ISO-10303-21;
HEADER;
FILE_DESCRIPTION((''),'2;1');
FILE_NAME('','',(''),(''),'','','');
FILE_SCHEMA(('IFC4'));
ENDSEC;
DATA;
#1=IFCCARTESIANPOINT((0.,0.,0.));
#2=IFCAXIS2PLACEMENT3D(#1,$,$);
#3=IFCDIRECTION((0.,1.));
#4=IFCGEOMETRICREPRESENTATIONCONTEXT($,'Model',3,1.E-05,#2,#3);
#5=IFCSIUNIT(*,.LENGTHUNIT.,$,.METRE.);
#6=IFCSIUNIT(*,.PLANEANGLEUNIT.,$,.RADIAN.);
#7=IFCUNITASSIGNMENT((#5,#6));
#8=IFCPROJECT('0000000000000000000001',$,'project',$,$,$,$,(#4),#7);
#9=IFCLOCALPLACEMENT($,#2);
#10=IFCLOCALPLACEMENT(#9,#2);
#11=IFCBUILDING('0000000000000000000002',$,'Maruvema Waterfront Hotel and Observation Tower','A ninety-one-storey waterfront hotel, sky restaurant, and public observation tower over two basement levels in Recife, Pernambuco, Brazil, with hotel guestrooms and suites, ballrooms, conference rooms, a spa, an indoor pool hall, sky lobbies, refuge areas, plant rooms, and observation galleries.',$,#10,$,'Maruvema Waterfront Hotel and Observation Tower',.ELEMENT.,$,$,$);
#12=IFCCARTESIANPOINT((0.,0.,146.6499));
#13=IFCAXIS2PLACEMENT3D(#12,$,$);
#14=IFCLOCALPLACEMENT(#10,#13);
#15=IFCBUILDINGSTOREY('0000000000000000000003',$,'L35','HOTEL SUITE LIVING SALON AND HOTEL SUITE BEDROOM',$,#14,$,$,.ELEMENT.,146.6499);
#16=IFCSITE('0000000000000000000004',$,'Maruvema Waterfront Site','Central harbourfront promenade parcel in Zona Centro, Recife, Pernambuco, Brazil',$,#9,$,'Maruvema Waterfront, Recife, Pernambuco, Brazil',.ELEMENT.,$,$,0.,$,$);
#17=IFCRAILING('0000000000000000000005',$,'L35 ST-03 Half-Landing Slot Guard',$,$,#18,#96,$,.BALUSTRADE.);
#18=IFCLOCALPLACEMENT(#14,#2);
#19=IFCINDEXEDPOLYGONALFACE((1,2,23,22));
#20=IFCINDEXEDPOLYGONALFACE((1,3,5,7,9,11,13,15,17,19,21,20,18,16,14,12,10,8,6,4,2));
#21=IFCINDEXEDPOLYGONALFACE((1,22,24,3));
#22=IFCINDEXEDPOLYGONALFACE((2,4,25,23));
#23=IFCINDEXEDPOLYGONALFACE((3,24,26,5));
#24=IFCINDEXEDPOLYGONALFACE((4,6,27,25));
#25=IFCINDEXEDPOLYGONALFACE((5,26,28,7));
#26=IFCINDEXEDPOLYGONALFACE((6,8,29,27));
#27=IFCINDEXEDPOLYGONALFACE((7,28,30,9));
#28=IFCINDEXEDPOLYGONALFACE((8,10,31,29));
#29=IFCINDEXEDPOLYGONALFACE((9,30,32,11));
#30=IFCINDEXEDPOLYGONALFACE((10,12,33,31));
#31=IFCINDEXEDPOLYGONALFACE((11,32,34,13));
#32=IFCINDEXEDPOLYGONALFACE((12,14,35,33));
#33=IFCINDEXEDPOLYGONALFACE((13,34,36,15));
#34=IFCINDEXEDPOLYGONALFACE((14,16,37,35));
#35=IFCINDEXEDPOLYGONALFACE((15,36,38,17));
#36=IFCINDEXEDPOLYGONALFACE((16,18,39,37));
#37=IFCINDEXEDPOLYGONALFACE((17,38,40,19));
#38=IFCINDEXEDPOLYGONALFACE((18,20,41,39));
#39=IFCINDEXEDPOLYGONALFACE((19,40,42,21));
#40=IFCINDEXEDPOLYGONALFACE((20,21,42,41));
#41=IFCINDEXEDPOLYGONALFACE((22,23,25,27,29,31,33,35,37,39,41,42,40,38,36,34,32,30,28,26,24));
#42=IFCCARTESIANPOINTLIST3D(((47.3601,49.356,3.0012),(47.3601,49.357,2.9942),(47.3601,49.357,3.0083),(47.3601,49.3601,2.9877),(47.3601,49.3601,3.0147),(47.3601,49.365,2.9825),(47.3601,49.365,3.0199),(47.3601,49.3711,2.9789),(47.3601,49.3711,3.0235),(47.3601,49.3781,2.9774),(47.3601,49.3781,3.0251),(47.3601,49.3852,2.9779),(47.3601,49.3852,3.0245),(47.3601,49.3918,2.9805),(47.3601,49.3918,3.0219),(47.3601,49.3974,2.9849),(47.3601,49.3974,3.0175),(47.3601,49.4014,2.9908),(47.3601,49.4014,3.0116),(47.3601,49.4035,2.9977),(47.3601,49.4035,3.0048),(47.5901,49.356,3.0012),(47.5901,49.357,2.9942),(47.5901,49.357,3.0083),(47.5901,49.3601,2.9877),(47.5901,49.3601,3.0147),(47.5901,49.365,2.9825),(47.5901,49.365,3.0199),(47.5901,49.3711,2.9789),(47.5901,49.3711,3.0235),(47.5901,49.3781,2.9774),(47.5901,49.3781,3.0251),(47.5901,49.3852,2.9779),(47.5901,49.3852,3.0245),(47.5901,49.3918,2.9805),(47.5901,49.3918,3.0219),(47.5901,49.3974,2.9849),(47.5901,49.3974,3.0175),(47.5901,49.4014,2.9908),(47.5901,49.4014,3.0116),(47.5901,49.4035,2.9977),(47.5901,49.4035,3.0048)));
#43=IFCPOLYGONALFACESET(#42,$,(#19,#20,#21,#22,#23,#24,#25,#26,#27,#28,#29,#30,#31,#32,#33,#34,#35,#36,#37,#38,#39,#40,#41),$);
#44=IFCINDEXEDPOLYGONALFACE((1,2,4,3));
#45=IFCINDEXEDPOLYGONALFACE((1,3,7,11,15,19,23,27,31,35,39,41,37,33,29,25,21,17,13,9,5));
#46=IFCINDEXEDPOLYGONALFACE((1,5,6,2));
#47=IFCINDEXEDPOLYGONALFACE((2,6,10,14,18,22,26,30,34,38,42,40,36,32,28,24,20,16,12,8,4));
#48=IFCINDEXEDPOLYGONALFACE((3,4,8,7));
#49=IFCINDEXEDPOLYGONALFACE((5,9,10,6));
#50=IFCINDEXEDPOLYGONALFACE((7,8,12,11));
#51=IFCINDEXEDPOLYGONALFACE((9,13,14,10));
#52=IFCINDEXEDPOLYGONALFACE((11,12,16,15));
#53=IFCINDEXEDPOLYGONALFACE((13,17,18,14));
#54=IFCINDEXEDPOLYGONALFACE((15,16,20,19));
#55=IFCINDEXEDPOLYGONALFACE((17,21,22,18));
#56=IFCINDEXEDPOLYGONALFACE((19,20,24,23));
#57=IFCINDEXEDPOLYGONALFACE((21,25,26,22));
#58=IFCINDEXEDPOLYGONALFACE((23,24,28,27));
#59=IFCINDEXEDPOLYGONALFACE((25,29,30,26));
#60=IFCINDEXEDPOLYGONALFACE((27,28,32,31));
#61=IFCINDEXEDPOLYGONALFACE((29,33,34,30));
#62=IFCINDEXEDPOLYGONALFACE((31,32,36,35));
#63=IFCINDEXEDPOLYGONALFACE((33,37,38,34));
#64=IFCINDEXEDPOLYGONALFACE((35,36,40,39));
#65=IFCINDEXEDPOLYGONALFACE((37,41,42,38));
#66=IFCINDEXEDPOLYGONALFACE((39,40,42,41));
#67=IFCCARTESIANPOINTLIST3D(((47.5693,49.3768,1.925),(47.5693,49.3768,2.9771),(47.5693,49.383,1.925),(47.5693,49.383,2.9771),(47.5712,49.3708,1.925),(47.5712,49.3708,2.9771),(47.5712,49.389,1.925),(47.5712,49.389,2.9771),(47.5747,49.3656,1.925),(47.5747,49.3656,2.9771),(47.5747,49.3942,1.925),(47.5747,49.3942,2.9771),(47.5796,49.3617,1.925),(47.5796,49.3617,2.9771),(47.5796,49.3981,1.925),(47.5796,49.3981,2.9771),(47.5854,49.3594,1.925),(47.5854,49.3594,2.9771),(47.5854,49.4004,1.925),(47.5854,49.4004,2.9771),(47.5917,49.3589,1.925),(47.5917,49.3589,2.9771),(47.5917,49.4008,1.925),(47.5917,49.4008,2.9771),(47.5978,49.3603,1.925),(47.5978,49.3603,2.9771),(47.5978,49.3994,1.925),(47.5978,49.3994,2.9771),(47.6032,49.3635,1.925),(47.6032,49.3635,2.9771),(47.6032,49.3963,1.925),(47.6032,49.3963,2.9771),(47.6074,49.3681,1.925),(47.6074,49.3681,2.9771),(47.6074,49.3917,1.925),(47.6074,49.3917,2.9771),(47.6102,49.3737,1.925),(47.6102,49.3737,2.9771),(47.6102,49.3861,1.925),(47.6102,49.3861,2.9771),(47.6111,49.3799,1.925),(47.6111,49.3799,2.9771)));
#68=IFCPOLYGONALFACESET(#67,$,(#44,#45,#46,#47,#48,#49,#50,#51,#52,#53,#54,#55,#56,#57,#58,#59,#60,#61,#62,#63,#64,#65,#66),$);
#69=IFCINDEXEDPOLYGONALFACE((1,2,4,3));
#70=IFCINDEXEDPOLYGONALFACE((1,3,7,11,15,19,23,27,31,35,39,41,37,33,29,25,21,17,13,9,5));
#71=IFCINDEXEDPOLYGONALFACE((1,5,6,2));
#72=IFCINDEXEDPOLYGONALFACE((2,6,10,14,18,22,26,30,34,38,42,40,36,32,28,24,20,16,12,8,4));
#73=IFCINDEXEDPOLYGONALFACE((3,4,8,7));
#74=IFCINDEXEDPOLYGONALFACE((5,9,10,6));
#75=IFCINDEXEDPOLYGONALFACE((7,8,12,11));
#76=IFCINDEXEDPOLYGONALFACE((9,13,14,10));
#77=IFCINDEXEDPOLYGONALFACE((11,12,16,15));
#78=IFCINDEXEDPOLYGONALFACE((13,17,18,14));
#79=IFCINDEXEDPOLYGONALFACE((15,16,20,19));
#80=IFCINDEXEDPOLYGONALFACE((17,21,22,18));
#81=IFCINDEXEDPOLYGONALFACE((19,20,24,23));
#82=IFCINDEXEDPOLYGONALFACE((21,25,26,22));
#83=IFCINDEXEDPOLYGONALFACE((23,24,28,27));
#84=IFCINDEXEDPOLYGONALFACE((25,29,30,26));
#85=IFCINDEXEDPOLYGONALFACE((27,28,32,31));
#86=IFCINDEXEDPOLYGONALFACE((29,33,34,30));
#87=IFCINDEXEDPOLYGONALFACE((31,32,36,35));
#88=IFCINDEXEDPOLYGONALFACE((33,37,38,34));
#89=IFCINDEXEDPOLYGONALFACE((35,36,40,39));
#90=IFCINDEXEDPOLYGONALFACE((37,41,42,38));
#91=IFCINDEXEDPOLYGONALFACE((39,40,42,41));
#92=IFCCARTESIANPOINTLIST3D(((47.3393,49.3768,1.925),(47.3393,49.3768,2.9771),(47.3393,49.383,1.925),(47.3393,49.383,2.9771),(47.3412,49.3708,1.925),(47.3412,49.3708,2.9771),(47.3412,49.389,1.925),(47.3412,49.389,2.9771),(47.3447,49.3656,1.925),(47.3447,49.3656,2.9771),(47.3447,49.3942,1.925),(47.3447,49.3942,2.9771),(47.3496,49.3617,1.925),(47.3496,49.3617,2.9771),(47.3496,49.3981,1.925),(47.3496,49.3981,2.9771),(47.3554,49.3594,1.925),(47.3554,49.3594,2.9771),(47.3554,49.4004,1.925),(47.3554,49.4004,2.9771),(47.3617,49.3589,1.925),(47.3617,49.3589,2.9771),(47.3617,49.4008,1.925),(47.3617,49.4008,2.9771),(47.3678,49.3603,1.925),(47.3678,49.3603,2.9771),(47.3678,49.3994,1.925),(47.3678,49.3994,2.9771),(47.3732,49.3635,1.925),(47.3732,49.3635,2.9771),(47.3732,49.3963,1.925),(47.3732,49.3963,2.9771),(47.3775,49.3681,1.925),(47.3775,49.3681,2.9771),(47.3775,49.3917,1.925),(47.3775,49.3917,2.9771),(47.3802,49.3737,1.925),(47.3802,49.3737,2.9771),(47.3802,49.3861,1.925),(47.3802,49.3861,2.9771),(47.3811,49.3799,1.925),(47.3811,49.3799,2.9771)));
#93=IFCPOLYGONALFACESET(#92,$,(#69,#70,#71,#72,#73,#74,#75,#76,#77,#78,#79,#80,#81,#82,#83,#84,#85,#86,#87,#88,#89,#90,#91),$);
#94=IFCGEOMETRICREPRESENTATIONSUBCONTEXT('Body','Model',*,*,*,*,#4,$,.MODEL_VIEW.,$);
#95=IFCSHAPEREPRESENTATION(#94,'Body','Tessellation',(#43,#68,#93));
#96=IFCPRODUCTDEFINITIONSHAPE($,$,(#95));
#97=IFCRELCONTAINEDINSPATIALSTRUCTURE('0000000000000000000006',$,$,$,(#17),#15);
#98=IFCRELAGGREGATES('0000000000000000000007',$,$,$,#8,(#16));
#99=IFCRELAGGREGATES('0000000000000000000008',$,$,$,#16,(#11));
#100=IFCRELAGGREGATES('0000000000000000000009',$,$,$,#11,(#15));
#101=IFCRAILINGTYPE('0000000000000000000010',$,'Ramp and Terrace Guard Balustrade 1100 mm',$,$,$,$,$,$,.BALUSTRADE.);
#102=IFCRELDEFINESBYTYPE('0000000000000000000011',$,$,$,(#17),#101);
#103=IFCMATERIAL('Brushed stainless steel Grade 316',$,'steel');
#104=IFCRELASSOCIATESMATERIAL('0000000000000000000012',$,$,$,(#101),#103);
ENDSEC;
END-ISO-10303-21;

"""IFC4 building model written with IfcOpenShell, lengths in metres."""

from ifc_helpers import new_model, si_unit, direction, frame, origin, origin_2d, place, context, subcontext, project, spatial, circle, extrude, material, type_object, element, save


model = new_model("IFC4")

# Units and contexts
model_context = context("Model", 3, precision=1e-05, world=origin(), true_north=direction((0.0, 1.0)))
body_context = subcontext(model_context, "Body", "Model", "MODEL_VIEW")
ifc_project = project(units=[si_unit("LENGTHUNIT", "METRE"), si_unit("PLANEANGLEUNIT", "RADIAN")], contexts=[model_context])

# Site, building, storey
site_placement = place(None, origin())
site = spatial("IfcSite", under=ifc_project, at=site_placement, Name="Maruvema Waterfront Site", Description="Central harbourfront promenade parcel in Zona Centro, Recife, Pernambuco, Brazil", LongName="Maruvema Waterfront, Recife, Pernambuco, Brazil", CompositionType="ELEMENT", RefElevation=0.0)
building_placement = place(site_placement, origin())
building = spatial("IfcBuilding", under=site, at=building_placement, Name="Maruvema Waterfront Hotel and Observation Tower", Description="A ninety-one-storey waterfront hotel, sky restaurant, and public observation tower over two basement levels in Recife, Pernambuco, Brazil, with hotel guestrooms and suites, ballrooms, conference rooms, a spa, an indoor pool hall, sky lobbies, refuge areas, plant rooms, and observation galleries.", LongName="Maruvema Waterfront Hotel and Observation Tower", CompositionType="ELEMENT")
storey_placement = place(building_placement, frame((0.0, 0.0, 146.6499)))
storey = spatial("IfcBuildingStorey", under=building, at=storey_placement, Name="L35", Description="HOTEL SUITE LIVING SALON AND HOTEL SUITE BEDROOM", CompositionType="ELEMENT", Elevation=146.6499)

# Railing
ifc_material_1 = material(Name="Brushed stainless steel Grade 316", Category="steel")
railing_type_1 = type_object("IfcRailingType", Name="Ramp and Terrace Guard Balustrade 1100 mm", PredefinedType="BALUSTRADE", material=ifc_material_1)
railing_1_placement = place(storey_placement, frame((47.5901, 49.3799, 1.925)))
element("IfcRailing", 1, at=railing_1_placement, inside=storey, type_object=railing_type_1, Name="L35 ST-03 Half-Landing Slot Guard", PredefinedType="BALUSTRADE", context=body_context, shape_type="SweptSolid", body=[
    extrude(circle(Radius=0.0239, at=origin_2d()), frame((0.0, 0.0, 1.0762), z_axis=(-1.0, 0.0, 0.0), x_axis=(0.0, -1.0, 0.0)), (0.0, 0.0, 1.0), 0.23),
    extrude(circle(Radius=0.021, at=origin_2d()), origin(), (0.0, 0.0, 1.0), 1.052),
    extrude(circle(Radius=0.021, at=origin_2d()), frame((-0.23, 0.0, 0.0)), (0.0, 0.0, 1.0), 1.052),
])

save(model, "model.ifc")
